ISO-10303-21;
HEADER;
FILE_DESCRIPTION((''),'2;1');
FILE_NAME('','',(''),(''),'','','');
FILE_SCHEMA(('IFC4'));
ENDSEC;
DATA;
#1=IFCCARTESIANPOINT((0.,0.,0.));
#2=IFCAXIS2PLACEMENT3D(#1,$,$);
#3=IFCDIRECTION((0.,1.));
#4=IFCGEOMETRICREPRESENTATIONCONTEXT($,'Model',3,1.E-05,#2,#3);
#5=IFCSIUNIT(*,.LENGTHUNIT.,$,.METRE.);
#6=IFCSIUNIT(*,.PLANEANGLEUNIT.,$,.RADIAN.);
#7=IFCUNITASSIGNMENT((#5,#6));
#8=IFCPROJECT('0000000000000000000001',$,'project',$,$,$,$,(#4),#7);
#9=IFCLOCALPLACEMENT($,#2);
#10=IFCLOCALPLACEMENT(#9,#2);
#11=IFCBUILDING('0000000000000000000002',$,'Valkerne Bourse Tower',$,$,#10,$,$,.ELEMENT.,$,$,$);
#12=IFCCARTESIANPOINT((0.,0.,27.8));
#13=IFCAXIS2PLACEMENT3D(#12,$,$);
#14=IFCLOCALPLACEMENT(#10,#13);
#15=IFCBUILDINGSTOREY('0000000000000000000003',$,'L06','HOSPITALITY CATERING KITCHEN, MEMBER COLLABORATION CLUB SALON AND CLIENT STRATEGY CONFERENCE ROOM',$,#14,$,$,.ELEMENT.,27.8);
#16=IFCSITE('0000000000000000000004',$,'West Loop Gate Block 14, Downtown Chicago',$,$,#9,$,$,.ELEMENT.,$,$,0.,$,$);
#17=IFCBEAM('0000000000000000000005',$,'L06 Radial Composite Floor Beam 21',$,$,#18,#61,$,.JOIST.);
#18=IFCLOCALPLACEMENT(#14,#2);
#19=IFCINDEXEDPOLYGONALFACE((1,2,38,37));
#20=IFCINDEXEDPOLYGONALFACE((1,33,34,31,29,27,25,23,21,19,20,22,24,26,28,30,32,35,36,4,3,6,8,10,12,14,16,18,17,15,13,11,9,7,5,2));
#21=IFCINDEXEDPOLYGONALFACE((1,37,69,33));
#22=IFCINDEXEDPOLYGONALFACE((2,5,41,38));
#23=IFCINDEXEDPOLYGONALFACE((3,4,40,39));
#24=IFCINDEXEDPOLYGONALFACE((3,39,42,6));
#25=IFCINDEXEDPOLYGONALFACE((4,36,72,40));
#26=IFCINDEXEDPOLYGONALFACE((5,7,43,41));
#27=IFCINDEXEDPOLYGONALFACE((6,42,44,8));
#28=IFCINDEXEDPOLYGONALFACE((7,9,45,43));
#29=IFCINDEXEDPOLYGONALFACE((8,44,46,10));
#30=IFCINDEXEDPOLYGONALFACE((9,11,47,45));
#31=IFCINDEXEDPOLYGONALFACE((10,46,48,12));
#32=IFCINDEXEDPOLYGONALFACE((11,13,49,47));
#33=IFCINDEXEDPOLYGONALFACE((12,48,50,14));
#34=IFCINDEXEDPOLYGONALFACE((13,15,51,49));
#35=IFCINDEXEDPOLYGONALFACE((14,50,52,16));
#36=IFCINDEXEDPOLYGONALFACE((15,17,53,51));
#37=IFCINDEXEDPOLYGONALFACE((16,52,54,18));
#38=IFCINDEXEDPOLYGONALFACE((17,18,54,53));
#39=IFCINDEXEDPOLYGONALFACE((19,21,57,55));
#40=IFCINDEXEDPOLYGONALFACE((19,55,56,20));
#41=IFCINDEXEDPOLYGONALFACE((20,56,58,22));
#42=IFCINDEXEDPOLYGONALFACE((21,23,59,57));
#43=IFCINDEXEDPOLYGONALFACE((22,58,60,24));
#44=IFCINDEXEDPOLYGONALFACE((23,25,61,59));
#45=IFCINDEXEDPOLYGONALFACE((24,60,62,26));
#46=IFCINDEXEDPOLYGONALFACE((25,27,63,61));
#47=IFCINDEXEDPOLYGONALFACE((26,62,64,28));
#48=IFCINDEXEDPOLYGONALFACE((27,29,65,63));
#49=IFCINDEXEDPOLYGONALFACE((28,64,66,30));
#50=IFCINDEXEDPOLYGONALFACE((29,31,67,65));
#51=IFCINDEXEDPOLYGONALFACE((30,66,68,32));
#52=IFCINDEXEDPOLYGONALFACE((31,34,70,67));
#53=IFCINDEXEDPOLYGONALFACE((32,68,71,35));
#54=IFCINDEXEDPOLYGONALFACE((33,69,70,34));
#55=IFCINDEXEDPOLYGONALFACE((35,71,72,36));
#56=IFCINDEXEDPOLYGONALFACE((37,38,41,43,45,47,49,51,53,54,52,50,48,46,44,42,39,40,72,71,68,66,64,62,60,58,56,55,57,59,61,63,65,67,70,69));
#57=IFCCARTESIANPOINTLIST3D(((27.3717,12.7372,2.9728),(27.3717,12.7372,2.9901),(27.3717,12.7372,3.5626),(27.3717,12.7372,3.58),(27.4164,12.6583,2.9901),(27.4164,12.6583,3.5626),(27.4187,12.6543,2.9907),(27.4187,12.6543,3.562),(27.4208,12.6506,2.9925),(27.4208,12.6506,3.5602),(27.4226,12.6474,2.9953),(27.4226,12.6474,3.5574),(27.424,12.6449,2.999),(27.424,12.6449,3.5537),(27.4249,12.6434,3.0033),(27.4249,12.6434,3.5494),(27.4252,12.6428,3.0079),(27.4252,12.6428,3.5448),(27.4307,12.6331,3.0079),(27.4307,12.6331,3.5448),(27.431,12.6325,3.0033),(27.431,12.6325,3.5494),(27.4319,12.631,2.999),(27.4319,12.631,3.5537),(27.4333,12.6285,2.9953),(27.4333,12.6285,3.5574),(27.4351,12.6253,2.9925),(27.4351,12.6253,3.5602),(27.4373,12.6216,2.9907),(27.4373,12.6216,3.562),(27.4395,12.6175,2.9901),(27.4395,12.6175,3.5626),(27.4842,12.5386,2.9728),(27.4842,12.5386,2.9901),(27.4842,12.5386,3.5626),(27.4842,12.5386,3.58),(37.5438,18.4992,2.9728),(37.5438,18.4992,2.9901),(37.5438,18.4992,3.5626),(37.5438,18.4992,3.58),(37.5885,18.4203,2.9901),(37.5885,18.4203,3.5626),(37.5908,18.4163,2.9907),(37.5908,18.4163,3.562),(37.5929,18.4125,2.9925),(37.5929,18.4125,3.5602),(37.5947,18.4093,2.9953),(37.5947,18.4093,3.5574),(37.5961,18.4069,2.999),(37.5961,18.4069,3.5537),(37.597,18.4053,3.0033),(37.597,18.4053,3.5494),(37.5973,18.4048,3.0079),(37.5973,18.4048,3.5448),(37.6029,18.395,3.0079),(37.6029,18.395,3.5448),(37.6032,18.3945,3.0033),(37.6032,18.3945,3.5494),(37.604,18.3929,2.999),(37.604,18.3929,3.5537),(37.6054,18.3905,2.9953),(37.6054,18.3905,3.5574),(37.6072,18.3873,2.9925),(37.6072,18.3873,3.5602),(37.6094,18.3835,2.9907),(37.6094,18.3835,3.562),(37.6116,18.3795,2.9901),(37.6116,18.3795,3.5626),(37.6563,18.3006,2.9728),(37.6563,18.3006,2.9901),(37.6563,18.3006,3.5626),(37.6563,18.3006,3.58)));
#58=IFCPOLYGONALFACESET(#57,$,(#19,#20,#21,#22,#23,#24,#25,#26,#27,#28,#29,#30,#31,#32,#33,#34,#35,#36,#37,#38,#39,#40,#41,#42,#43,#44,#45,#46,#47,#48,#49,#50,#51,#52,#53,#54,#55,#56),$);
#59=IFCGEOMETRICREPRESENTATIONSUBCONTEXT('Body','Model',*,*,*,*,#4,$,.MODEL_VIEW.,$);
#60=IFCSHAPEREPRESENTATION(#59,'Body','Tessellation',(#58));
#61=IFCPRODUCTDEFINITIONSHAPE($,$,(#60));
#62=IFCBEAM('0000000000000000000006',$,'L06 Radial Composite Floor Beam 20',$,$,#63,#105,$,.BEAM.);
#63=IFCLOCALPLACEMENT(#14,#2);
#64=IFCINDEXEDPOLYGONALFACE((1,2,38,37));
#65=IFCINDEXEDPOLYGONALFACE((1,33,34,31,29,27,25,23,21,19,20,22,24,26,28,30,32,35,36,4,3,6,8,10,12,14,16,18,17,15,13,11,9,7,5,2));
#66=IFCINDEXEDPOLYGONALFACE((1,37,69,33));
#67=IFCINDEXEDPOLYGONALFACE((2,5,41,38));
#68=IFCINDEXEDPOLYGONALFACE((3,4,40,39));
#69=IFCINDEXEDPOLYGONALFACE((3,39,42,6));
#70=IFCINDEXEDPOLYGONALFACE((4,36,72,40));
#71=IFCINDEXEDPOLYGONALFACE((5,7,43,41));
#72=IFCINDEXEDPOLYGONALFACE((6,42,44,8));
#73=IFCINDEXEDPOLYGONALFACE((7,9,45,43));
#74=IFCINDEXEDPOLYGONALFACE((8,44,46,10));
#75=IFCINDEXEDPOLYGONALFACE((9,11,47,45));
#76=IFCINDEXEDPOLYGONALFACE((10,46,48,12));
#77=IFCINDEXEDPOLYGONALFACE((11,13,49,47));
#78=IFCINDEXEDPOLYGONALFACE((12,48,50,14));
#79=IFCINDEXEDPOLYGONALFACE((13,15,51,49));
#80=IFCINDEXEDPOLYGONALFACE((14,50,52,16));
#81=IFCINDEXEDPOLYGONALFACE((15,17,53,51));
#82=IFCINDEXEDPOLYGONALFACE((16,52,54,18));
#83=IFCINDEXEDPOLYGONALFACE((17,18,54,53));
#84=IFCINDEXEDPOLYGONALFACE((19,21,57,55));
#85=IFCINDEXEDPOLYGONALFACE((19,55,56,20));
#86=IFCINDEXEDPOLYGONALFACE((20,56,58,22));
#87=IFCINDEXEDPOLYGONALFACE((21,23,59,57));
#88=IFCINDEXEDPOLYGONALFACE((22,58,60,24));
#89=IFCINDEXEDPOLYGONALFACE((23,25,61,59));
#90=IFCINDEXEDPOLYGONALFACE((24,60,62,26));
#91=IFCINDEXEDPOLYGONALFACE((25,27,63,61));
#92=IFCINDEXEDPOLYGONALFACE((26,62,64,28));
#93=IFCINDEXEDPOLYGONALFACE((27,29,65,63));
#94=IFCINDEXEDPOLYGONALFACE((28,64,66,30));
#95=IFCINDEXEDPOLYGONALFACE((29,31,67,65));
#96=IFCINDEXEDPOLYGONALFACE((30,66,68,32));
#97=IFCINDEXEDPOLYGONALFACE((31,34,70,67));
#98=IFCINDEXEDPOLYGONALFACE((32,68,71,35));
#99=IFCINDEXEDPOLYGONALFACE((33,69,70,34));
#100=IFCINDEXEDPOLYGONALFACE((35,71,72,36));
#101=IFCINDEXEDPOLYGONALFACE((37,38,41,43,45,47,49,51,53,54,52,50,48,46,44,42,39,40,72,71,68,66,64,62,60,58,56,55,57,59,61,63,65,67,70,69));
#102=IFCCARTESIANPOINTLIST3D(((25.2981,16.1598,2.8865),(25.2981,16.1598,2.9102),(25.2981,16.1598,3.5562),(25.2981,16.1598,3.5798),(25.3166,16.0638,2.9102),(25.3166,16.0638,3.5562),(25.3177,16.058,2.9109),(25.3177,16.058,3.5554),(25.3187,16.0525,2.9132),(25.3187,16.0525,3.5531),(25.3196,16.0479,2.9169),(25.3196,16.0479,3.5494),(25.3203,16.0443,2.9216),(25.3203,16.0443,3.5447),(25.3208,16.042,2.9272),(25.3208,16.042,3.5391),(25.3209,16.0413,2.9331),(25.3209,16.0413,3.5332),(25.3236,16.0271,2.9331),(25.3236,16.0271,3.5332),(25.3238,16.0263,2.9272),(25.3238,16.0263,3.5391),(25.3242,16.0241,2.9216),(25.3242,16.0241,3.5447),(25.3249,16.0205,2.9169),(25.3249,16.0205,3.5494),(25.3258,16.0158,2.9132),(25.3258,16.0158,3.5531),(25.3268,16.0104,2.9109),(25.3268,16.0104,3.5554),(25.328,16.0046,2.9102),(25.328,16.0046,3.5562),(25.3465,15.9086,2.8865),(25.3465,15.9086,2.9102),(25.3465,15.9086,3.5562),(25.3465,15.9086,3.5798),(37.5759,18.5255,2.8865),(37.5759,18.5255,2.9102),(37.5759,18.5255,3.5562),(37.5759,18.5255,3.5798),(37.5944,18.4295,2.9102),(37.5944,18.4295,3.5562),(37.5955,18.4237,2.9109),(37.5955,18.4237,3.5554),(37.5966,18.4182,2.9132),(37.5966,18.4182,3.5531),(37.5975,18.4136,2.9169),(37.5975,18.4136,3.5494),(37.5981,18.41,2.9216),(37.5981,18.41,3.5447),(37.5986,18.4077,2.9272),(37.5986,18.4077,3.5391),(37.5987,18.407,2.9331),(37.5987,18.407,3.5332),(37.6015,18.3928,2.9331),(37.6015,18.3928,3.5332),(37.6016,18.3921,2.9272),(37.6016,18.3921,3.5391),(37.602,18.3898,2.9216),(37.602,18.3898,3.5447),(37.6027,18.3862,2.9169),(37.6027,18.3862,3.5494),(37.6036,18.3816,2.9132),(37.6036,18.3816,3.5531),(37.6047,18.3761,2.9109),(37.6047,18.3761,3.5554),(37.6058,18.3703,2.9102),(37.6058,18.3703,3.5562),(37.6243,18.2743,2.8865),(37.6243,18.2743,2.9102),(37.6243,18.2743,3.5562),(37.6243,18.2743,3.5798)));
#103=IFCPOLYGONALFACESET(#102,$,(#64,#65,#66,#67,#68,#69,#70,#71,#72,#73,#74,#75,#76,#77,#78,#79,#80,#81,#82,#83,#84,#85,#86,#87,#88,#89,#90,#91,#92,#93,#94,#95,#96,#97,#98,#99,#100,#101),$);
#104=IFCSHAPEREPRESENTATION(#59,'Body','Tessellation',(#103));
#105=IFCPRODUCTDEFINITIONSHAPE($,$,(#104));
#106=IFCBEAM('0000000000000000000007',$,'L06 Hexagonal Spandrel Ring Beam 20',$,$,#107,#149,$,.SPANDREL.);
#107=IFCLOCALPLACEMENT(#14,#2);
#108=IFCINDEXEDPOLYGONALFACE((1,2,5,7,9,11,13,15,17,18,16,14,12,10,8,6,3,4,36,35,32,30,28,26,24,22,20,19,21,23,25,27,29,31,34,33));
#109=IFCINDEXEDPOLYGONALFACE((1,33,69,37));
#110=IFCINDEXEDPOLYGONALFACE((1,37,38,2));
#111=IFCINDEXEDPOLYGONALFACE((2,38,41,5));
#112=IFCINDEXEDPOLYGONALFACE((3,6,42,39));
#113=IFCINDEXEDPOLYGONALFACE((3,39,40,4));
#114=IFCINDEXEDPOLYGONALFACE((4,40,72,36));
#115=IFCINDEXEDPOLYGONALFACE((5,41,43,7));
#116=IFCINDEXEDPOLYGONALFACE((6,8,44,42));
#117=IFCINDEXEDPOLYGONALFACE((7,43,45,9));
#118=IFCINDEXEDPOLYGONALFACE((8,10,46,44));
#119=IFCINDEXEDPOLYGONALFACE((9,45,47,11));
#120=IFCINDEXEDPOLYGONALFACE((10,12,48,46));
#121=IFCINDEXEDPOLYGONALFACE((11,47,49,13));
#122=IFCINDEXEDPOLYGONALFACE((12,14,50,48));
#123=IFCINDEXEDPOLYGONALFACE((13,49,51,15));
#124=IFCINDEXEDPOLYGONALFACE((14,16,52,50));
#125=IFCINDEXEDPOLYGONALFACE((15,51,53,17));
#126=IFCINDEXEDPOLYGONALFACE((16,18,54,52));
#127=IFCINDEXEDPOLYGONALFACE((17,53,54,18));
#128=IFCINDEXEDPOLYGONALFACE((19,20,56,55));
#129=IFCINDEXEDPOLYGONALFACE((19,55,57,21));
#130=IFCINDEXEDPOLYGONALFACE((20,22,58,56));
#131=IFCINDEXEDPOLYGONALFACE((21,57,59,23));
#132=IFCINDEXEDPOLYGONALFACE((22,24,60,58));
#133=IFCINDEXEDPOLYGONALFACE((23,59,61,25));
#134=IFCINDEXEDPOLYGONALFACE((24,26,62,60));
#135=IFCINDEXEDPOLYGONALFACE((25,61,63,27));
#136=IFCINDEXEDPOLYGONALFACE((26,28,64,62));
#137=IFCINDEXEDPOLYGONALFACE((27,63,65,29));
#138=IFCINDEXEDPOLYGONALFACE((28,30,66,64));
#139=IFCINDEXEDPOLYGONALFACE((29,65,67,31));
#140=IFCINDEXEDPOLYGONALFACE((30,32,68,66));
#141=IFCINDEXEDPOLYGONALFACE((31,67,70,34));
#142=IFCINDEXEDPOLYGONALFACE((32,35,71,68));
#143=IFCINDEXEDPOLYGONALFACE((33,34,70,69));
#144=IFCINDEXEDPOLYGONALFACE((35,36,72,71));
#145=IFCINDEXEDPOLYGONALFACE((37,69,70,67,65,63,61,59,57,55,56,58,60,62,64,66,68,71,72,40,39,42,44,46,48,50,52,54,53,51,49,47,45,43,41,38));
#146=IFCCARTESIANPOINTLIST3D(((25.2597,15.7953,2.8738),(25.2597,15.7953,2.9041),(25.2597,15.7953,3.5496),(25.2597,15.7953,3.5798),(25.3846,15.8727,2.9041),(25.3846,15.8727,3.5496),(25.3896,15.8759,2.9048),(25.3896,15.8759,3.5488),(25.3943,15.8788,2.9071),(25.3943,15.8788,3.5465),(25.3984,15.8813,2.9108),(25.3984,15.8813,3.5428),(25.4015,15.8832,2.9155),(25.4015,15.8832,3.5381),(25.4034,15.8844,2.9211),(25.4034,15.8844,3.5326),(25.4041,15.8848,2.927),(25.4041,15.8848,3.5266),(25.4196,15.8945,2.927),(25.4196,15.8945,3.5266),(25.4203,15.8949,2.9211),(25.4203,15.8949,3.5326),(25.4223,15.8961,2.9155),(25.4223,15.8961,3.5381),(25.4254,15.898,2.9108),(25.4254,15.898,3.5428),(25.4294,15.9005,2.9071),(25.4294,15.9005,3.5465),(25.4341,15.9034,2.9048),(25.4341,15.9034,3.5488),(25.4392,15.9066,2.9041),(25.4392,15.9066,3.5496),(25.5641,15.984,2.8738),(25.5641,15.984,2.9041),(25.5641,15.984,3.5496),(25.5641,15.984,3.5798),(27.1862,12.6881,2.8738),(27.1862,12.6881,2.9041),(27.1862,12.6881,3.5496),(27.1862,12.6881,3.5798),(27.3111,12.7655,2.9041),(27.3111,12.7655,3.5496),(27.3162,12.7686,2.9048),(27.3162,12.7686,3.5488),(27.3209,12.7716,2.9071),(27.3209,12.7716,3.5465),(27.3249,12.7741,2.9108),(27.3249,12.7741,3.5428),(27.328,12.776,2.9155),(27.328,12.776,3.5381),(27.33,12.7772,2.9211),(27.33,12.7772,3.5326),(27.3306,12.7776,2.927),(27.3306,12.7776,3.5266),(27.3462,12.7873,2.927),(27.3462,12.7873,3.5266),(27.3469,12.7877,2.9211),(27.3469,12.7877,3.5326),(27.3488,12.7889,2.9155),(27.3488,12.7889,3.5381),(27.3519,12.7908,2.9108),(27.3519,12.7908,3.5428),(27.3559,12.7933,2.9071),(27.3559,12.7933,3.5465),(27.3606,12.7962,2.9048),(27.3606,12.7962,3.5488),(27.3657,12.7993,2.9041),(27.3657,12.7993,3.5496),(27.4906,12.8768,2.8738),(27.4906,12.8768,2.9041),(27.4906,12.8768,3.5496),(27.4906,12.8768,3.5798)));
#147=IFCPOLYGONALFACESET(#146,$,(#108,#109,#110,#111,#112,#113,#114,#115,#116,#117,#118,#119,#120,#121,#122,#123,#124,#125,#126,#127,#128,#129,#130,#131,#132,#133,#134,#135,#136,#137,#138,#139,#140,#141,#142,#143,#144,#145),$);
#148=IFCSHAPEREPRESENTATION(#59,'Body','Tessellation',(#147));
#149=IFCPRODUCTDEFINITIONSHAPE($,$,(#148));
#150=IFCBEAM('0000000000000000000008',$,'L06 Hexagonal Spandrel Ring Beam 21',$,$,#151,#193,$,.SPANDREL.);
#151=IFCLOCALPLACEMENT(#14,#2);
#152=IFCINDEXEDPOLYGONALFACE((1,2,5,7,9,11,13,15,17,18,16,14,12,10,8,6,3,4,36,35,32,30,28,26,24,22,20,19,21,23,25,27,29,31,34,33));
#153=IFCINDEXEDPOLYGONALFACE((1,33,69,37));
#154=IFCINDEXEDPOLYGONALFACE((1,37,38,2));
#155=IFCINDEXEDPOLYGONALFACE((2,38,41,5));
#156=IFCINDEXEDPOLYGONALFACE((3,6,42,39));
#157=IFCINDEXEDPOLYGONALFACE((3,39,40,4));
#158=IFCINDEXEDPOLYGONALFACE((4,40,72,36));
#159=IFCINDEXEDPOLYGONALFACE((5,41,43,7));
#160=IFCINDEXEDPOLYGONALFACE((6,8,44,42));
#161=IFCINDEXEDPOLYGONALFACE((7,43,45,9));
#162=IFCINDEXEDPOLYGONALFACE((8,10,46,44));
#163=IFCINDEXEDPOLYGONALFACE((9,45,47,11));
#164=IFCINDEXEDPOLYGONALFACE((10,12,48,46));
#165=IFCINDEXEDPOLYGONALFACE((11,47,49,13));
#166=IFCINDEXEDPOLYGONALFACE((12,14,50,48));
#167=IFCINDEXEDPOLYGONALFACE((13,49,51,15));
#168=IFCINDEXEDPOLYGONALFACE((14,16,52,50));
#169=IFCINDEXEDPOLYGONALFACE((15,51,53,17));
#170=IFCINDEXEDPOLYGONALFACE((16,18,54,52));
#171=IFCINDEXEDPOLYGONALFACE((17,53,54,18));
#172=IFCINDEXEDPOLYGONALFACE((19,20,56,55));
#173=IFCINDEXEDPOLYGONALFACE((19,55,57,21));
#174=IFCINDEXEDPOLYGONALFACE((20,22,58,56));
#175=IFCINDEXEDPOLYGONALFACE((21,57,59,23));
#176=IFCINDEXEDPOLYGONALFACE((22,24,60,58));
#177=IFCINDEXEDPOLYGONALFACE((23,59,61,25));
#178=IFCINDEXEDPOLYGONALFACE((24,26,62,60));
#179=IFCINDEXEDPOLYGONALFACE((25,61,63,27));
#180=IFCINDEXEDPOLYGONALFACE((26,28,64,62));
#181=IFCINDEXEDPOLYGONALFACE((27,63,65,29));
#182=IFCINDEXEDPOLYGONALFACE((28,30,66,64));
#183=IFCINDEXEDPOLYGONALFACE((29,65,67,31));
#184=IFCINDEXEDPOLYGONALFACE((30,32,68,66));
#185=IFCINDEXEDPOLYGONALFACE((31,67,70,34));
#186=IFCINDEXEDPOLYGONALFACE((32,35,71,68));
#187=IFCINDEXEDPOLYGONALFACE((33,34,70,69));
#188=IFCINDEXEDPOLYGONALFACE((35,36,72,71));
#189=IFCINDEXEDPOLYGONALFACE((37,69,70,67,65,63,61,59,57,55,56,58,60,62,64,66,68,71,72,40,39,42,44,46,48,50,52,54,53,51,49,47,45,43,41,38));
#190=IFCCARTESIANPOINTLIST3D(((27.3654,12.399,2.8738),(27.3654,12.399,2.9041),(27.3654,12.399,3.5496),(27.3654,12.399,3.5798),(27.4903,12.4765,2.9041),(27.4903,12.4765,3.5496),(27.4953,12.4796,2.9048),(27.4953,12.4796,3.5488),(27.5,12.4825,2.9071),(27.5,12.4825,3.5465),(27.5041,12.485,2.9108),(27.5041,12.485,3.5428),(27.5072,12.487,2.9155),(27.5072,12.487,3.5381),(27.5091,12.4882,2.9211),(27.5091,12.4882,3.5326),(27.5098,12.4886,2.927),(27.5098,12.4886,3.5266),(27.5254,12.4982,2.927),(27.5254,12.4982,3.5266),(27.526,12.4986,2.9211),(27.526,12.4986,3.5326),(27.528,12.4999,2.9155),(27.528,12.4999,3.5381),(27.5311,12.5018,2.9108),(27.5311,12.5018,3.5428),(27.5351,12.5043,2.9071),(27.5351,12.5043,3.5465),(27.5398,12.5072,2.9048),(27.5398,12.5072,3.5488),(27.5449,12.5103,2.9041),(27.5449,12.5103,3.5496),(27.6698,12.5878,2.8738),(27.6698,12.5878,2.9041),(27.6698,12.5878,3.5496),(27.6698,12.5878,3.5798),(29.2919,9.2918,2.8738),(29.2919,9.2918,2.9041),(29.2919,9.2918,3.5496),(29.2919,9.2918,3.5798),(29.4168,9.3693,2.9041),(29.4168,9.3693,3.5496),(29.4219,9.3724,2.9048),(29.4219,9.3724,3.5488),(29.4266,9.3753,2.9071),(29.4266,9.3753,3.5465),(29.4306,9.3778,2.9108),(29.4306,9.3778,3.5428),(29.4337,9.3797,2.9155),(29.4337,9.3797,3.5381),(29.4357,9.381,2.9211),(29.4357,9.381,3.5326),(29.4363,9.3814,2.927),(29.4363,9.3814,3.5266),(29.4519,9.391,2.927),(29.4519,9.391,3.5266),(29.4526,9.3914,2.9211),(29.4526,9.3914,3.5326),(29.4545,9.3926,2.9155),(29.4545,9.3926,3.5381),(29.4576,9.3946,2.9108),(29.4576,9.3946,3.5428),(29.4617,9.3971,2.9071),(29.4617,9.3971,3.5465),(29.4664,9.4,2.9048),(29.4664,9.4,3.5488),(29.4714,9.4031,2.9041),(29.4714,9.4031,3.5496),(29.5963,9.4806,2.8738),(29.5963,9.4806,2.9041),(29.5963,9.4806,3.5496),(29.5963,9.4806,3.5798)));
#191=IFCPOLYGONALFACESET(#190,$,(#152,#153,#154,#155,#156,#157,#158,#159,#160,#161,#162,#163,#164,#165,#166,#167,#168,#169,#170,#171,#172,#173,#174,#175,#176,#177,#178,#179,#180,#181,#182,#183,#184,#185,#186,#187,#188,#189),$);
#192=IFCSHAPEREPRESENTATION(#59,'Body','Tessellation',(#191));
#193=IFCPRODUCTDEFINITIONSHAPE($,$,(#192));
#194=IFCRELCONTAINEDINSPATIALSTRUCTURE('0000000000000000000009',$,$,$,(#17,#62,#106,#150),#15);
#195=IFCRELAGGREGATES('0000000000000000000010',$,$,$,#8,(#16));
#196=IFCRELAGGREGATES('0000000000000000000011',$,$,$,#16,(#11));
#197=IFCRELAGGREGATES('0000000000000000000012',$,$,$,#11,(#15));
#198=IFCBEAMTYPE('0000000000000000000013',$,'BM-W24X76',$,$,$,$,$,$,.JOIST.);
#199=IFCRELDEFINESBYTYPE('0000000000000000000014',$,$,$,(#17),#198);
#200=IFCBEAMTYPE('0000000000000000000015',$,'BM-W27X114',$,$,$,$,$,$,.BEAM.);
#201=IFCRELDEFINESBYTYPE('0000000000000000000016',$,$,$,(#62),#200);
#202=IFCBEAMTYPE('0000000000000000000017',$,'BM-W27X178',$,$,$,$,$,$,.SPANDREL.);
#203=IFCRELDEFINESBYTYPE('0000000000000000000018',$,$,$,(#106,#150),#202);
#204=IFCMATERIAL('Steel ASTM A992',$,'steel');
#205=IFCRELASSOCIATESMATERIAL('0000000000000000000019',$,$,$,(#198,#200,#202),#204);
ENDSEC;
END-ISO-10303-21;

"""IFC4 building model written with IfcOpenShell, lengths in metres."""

from ifc_helpers import new_model, si_unit, direction, frame, origin, origin_2d, place, context, subcontext, project, spatial, i_section, extrude, material, material_profile, profile_set, type_object, element, save


model = new_model("IFC4")

# Units and contexts
model_context = context("Model", 3, precision=1e-05, world=origin(), true_north=direction((0.0, 1.0)))
body_context = subcontext(model_context, "Body", "Model", "MODEL_VIEW")
ifc_project = project(units=[si_unit("LENGTHUNIT", "METRE"), si_unit("PLANEANGLEUNIT", "RADIAN")], contexts=[model_context])

# Site, building, storey
site_placement = place(None, origin())
site = spatial("IfcSite", under=ifc_project, at=site_placement, Name="West Loop Gate Block 14, Downtown Chicago", CompositionType="ELEMENT", RefElevation=0.0)
building_placement = place(site_placement, origin())
building = spatial("IfcBuilding", under=site, at=building_placement, Name="Valkerne Bourse Tower", CompositionType="ELEMENT")
storey_placement = place(building_placement, frame((0.0, 0.0, 27.8)))
storey = spatial("IfcBuildingStorey", under=building, at=storey_placement, Name="L06", Description="HOSPITALITY CATERING KITCHEN, MEMBER COLLABORATION CLUB SALON AND CLIENT STRATEGY CONFERENCE ROOM", CompositionType="ELEMENT", Elevation=27.8)

# Beams
ifc_material_1 = material(Name="Steel ASTM A992", Category="steel")
ifc_material_profile_1 = material_profile(ifc_material_1, i_section(OverallWidth=0.2283, OverallDepth=0.6072, WebThickness=0.0112, FlangeThickness=0.0173, FilletRadius=0.0178, at=origin_2d()), Name="W24X76")
ifc_profile_set_1 = profile_set([ifc_material_profile_1], Name="Steel ASTM A992")
beam_type_1 = type_object("IfcBeamType", Name="BM-W24X76", PredefinedType="JOIST", material=ifc_profile_set_1)
beam_1_placement = place(storey_placement, frame((27.428, 12.6379, 3.2764), z_axis=(0.870104, 0.492868, 0.0), x_axis=(-0.492868, 0.870104, 0.0)))
element("IfcBeam", 1, at=beam_1_placement, inside=storey, type_object=beam_type_1, Name="L06 Radial Composite Floor Beam 21", PredefinedType="JOIST", context=body_context, shape_type="SweptSolid", body=[
    extrude(i_section(OverallWidth=0.2283, OverallDepth=0.6072, WebThickness=0.0112, FlangeThickness=0.0173, FilletRadius=0.0178, at=origin_2d()), origin(), (0.0, 0.0, 1.0), 11.6907),
])
ifc_material_profile_2 = material_profile(ifc_material_1, i_section(OverallWidth=0.2559, OverallDepth=0.6934, WebThickness=0.0144, FlangeThickness=0.0237, FilletRadius=0.0229, at=origin_2d()), Name="W27X114")
ifc_profile_set_2 = profile_set([ifc_material_profile_2], Name="Steel ASTM A992")
beam_type_2 = type_object("IfcBeamType", Name="BM-W27X114", PredefinedType="BEAM", material=ifc_profile_set_2)
beam_2_placement = place(storey_placement, frame((25.3223, 16.0342, 3.2332), z_axis=(0.981938, 0.189202, 0.0), x_axis=(-0.189202, 0.981938, 0.0)))
element("IfcBeam", 2, at=beam_2_placement, inside=storey, type_object=beam_type_2, Name="L06 Radial Composite Floor Beam 20", PredefinedType="BEAM", context=body_context, shape_type="SweptSolid", body=[
    extrude(i_section(OverallWidth=0.2559, OverallDepth=0.6934, WebThickness=0.0144, FlangeThickness=0.0237, FilletRadius=0.0229, at=origin_2d()), origin(), (0.0, 0.0, 1.0), 12.5037),
])
ifc_material_profile_3 = material_profile(ifc_material_1, i_section(OverallWidth=0.3582, OverallDepth=0.7061, WebThickness=0.0183, FlangeThickness=0.0303, FilletRadius=0.0229, at=origin_2d()), Name="W27X178")
ifc_profile_set_3 = profile_set([ifc_material_profile_3], Name="Steel ASTM A992")
beam_type_3 = type_object("IfcBeamType", Name="BM-W27X178", PredefinedType="SPANDREL", material=ifc_profile_set_3)
for number, where, z_axis, x_axis, name in (
    (3, (25.4119, 15.8896, 3.2268), (0.526952, -0.849895, 0.0), (0.849895, 0.526952, 0.0), "L06 Hexagonal Spandrel Ring Beam 20"),
    (4, (27.5176, 12.4934, 3.2268), (0.526952, -0.849895, 0.0), (0.849895, 0.526952, 0.0), "L06 Hexagonal Spandrel Ring Beam 21"),
):
    element("IfcBeam", number, at=place(storey_placement, frame(where, z_axis=z_axis, x_axis=x_axis)), inside=storey, type_object=beam_type_3, Name=name, PredefinedType="SPANDREL", context=body_context, shape_type="SweptSolid", body=[
        extrude(i_section(OverallWidth=0.3582, OverallDepth=0.7061, WebThickness=0.0183, FlangeThickness=0.0303, FilletRadius=0.0229, at=origin_2d()), origin(), (0.0, 0.0, 1.0), 3.656),
    ])

save(model, "model.ifc")
